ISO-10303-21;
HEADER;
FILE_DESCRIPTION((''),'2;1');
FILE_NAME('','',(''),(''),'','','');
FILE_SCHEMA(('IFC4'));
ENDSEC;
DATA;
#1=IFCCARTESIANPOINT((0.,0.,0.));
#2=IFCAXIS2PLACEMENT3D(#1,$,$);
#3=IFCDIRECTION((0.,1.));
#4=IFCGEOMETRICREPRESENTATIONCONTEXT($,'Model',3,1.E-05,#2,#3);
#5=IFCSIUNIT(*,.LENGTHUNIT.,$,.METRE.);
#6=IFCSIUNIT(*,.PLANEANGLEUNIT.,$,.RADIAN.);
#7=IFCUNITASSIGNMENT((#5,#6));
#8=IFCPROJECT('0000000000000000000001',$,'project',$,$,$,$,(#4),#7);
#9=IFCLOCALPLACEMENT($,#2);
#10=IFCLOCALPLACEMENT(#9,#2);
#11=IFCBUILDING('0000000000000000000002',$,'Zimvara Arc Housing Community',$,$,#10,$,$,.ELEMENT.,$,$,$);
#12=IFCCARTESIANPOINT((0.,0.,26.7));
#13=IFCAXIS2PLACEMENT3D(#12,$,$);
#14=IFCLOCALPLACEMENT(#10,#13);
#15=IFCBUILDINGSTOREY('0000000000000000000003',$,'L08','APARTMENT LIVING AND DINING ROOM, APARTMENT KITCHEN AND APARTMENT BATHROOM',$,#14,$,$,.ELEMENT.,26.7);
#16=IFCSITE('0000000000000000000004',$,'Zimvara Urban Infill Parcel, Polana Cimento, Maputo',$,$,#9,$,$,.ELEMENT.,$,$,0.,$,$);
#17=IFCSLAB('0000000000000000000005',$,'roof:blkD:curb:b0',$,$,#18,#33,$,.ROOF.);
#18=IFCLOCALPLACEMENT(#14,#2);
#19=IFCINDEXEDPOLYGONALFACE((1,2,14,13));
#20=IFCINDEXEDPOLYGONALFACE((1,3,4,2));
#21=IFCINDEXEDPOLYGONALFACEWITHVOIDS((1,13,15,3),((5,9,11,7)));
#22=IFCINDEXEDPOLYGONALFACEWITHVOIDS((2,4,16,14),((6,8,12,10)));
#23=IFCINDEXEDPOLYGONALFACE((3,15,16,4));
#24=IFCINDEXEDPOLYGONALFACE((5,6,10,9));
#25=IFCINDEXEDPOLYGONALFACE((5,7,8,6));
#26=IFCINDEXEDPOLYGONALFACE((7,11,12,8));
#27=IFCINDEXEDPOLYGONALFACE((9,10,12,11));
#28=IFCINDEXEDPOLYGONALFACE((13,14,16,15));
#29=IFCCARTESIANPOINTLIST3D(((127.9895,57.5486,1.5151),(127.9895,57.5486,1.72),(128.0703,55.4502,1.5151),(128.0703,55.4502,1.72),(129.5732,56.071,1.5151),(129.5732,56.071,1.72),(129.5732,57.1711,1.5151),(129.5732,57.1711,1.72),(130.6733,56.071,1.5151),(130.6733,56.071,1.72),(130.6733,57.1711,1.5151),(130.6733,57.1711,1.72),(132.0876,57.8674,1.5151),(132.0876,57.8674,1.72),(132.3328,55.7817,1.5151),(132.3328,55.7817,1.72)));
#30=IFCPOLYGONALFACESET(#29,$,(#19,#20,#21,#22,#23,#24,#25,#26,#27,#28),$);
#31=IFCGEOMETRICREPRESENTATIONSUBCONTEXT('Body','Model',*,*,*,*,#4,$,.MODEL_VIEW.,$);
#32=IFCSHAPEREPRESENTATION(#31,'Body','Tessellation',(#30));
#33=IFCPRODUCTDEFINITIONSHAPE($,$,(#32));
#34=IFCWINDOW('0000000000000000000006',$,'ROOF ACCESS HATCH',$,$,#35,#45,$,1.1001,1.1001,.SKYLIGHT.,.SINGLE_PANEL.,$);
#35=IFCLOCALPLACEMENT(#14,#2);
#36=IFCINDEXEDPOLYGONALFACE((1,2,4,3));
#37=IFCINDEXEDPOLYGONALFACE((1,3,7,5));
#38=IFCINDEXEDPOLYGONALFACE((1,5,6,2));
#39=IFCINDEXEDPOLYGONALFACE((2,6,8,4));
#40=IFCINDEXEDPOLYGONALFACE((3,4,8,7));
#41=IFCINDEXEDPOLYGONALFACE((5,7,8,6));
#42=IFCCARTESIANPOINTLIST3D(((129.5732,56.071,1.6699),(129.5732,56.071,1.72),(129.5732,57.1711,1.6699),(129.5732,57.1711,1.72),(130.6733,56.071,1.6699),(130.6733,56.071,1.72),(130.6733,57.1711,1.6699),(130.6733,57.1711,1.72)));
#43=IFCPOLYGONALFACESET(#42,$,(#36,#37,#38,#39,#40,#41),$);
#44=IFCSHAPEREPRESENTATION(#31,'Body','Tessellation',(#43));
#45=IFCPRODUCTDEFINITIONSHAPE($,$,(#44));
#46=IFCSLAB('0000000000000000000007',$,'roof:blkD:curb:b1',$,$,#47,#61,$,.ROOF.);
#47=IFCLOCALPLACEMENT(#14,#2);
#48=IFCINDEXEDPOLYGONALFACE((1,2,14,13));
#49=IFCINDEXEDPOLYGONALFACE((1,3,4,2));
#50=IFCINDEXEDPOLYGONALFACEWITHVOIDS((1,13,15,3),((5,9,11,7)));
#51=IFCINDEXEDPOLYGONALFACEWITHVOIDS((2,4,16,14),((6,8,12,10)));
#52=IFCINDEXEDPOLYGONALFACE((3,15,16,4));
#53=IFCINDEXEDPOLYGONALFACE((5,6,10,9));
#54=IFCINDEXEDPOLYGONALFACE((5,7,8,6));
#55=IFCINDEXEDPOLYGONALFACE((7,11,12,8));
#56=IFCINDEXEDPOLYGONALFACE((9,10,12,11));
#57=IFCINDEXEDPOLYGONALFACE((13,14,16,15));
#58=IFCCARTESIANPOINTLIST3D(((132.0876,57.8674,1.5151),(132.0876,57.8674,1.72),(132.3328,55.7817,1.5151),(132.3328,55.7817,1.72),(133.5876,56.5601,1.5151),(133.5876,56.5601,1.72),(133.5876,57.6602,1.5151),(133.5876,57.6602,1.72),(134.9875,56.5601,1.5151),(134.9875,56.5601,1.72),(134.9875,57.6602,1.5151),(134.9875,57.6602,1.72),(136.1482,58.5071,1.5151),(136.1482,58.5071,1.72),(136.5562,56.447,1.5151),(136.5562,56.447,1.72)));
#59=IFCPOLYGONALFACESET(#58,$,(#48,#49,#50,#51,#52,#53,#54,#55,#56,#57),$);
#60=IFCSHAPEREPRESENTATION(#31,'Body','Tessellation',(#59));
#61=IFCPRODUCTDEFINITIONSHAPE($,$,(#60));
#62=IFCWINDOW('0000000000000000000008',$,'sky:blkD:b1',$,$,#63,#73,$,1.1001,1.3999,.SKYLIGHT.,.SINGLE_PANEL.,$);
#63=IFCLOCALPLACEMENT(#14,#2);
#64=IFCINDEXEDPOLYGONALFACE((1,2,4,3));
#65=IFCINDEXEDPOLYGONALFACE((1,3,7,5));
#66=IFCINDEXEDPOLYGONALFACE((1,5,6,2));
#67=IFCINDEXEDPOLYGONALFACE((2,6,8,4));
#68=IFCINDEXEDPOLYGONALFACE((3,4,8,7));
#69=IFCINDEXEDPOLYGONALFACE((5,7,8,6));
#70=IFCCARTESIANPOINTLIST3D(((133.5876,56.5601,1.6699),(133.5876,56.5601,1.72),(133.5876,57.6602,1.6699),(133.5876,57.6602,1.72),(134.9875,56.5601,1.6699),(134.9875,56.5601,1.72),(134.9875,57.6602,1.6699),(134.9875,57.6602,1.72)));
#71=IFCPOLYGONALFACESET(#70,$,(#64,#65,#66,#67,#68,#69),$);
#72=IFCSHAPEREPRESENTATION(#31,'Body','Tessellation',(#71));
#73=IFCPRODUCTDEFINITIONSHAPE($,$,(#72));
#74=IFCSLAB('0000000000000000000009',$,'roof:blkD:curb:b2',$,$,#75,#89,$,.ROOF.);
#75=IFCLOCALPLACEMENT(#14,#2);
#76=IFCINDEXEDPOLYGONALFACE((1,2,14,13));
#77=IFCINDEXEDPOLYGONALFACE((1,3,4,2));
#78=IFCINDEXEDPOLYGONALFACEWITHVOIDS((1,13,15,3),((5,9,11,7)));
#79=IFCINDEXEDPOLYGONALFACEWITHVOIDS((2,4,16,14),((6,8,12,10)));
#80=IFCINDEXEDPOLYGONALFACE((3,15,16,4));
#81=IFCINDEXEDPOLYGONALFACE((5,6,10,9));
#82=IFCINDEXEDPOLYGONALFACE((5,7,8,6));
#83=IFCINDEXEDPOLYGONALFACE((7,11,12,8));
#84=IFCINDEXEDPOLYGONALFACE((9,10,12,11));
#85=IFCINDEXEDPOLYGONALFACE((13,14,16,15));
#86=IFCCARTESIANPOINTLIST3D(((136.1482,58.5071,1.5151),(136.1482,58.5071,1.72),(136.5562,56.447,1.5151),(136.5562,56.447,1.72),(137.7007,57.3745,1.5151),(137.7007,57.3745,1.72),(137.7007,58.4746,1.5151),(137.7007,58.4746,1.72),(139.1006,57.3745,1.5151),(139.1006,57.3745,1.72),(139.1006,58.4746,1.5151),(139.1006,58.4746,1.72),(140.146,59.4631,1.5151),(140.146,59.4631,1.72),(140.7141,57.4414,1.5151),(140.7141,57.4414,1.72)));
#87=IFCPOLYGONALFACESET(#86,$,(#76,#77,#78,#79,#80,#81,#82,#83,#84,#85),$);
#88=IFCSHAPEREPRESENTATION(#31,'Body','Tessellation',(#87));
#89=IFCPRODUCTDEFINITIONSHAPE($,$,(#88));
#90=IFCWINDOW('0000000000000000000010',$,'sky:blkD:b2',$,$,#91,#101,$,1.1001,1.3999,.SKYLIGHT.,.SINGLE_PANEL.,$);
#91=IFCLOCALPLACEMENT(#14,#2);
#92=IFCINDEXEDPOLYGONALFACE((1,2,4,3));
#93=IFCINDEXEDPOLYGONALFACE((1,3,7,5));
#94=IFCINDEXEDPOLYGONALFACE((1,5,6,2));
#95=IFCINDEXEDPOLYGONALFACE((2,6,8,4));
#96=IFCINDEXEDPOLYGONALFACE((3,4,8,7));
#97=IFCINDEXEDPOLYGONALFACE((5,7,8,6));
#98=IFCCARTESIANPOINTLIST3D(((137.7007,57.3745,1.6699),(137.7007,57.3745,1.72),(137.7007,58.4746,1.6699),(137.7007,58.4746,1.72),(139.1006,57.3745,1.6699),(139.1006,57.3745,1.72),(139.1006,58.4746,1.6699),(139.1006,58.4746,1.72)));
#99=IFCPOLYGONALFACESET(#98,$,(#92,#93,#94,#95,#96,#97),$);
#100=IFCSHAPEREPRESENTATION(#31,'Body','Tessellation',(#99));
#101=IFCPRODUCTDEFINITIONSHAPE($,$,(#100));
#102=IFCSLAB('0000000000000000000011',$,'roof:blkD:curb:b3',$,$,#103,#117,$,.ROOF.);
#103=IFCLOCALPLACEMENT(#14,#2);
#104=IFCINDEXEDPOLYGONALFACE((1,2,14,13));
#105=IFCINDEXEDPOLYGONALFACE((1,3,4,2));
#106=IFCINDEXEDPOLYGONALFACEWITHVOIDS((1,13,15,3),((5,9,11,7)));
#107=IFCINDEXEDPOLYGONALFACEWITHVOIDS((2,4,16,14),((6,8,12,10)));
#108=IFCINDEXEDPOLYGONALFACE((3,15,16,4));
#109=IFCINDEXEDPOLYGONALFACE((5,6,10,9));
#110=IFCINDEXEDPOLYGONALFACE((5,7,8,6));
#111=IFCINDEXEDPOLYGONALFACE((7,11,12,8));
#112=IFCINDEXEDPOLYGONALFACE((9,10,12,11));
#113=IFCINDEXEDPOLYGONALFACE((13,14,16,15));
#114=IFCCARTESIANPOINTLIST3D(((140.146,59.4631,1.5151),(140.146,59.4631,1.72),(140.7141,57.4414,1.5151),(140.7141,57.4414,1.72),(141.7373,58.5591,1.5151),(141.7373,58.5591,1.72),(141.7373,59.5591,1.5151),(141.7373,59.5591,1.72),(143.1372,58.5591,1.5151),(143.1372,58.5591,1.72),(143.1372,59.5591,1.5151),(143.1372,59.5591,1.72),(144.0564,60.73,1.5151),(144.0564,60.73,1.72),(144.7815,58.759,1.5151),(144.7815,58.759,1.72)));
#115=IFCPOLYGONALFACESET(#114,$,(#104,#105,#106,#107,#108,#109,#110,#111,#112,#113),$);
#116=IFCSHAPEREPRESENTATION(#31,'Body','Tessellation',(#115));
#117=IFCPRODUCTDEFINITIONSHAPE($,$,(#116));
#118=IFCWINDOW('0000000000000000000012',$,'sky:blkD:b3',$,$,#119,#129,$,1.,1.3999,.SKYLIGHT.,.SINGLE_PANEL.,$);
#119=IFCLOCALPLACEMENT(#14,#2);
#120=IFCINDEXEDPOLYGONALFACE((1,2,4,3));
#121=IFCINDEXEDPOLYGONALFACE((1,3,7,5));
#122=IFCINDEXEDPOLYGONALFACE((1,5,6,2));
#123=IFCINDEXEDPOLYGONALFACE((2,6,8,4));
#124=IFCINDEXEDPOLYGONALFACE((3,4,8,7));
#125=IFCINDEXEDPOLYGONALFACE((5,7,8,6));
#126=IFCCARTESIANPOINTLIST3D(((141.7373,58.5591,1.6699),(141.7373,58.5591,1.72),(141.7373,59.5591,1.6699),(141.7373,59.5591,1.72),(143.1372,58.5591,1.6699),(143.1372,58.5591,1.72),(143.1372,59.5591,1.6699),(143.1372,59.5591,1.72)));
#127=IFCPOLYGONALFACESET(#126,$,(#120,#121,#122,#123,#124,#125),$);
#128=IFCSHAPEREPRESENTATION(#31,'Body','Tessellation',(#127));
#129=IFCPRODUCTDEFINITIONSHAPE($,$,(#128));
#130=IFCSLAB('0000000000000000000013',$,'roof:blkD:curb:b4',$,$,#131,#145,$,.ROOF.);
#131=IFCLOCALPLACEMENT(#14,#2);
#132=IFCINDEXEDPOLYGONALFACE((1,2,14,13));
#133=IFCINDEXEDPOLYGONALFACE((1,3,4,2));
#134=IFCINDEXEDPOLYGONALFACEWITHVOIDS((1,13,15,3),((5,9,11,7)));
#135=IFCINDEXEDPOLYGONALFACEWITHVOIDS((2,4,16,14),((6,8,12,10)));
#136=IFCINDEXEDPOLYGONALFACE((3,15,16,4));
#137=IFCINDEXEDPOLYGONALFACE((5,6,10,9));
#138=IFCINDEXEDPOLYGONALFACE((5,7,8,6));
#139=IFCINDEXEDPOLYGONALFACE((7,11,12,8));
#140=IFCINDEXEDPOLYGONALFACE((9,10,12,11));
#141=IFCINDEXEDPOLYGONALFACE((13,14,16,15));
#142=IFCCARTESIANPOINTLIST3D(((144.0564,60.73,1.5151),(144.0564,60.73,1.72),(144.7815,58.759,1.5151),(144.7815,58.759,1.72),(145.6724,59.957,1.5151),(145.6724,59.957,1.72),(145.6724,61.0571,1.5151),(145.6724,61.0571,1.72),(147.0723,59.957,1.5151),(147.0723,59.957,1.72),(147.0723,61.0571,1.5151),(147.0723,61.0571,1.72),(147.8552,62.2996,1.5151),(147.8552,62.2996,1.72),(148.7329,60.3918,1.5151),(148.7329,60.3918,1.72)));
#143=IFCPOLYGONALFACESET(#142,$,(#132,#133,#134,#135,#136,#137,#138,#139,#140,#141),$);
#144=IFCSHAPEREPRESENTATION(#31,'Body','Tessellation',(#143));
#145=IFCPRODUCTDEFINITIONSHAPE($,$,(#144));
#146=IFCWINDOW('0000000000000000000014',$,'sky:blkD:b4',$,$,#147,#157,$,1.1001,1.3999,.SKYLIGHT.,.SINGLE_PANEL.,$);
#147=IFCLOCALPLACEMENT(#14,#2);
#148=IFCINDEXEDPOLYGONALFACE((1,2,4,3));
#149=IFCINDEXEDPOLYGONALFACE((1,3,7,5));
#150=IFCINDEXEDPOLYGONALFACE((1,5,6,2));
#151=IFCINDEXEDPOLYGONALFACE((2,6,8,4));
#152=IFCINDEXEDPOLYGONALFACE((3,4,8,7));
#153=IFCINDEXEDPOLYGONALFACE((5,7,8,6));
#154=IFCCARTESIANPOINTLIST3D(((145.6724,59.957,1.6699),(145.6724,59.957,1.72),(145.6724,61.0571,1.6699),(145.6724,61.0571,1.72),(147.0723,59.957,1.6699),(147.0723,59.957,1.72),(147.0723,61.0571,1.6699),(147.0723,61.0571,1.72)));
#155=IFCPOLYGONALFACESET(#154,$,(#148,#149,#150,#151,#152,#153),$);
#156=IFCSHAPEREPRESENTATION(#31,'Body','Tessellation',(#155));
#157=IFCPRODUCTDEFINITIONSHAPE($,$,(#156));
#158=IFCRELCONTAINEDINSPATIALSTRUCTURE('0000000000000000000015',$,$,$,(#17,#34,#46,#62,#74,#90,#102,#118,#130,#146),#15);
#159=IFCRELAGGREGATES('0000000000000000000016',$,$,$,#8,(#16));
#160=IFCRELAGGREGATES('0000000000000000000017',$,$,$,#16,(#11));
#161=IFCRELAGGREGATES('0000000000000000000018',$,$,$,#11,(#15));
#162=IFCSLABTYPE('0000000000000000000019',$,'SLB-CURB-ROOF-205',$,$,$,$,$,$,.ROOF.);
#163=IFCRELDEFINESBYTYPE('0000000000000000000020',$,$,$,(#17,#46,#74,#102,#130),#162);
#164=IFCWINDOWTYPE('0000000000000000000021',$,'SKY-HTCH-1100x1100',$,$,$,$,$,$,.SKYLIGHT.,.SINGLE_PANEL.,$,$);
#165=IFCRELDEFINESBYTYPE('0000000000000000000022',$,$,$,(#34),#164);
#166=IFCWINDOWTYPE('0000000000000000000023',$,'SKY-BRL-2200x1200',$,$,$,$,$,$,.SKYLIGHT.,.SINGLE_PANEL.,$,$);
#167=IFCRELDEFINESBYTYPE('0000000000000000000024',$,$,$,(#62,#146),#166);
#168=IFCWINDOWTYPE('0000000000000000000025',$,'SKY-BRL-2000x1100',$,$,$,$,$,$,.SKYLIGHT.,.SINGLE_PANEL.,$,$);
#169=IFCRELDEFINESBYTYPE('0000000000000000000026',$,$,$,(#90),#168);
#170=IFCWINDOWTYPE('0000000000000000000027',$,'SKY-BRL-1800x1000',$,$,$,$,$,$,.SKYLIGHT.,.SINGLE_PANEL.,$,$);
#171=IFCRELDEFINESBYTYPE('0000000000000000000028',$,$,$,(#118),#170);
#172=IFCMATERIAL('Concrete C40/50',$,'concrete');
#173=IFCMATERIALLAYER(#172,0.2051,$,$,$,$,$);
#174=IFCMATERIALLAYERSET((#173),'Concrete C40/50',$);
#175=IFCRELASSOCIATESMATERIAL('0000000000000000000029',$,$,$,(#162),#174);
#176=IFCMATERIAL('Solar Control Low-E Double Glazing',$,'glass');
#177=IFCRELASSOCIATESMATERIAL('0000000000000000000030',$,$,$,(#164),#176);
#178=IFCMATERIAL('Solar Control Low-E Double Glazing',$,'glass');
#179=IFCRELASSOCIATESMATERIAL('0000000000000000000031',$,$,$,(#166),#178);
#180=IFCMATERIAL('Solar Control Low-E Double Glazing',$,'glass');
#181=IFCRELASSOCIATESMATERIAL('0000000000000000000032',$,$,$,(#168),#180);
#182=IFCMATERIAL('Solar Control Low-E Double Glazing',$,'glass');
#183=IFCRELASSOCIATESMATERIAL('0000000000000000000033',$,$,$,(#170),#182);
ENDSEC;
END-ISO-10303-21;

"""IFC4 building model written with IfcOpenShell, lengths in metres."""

from ifc_helpers import new_model, si_unit, direction, frame, origin, origin_2d, place, context, subcontext, project, spatial, polyline, rectangle, outline, extrude, material, layer, layer_set, type_object, element, fill, save


model = new_model("IFC4")

# Units and contexts
model_context = context("Model", 3, precision=1e-05, world=origin(), true_north=direction((0.0, 1.0)))
body_context = subcontext(model_context, "Body", "Model", "MODEL_VIEW")
ifc_project = project(units=[si_unit("LENGTHUNIT", "METRE"), si_unit("PLANEANGLEUNIT", "RADIAN")], contexts=[model_context])

# Site, building, storey
site_placement = place(None, origin())
site = spatial("IfcSite", under=ifc_project, at=site_placement, Name="Zimvara Urban Infill Parcel, Polana Cimento, Maputo", CompositionType="ELEMENT", RefElevation=0.0)
building_placement = place(site_placement, origin())
building = spatial("IfcBuilding", under=site, at=building_placement, Name="Zimvara Arc Housing Community", CompositionType="ELEMENT")
storey_placement = place(building_placement, frame((0.0, 0.0, 26.7)))
storey = spatial("IfcBuildingStorey", under=building, at=storey_placement, Name="L08", Description="APARTMENT LIVING AND DINING ROOM, APARTMENT KITCHEN AND APARTMENT BATHROOM", CompositionType="ELEMENT", Elevation=26.7)

# Slabs, openings, windows
ifc_material_1 = material(Name="Concrete C40/50", Category="concrete")
ifc_layer_1 = layer(ifc_material_1, 0.2051)
ifc_layer_set_1 = layer_set([ifc_layer_1], Name="Concrete C40/50")
slab_type_1 = type_object("IfcSlabType", Name="SLB-CURB-ROOF-205", PredefinedType="ROOF", material=ifc_layer_set_1)
slab_1_placement = place(storey_placement, frame((0.0, 0.0, 1.5151)))
slab_1 = element("IfcSlab", 1, at=slab_1_placement, inside=storey, type_object=slab_type_1, Name="roof:blkD:curb:b0", PredefinedType="ROOF", context=body_context, shape_type="SweptSolid", body=[
    extrude(outline(polyline([(128.0703, 55.4502), (132.3328, 55.7817), (132.0876, 57.8674), (127.9895, 57.5486), (128.0703, 55.4502)])), origin(), (0.0, 0.0, 1.0), 0.2048),
])
opening_1_placement = place(slab_1_placement, frame((130.1233, 56.6211, 0.0)))
opening_1 = element("IfcOpeningElement", 2, at=opening_1_placement, cuts=slab_1, PredefinedType="OPENING", context=body_context, shape_type="SweptSolid", body=[
    extrude(rectangle(XDim=1.1001, YDim=1.1001, at=origin_2d()), origin(), (0.0, 0.0, 1.0), 0.2048),
])
ifc_material_2 = material(Name="Solar Control Low-E Double Glazing", Category="glass")
window_type_1 = type_object("IfcWindowType", Name="SKY-HTCH-1100x1100", PartitioningType="SINGLE_PANEL", PredefinedType="SKYLIGHT", material=ifc_material_2)
window_1_placement = place(opening_1_placement, frame((0.0, 0.0, 0.1548)))
window_1 = element("IfcWindow", 3, at=window_1_placement, inside=storey, type_object=window_type_1, Name="ROOF ACCESS HATCH", OverallHeight=1.1001, OverallWidth=1.1001, PartitioningType="SINGLE_PANEL", PredefinedType="SKYLIGHT", context=body_context, shape_type="SweptSolid", body=[
    extrude(rectangle(XDim=1.1001, YDim=1.1001, at=origin_2d()), origin(), (0.0, 0.0, 1.0), 0.05),
])
fill(opening_1, window_1)
slab_2_placement = place(storey_placement, frame((0.0, 0.0, 1.5151)))
slab_2 = element("IfcSlab", 4, at=slab_2_placement, inside=storey, type_object=slab_type_1, Name="roof:blkD:curb:b1", PredefinedType="ROOF", context=body_context, shape_type="SweptSolid", body=[
    extrude(outline(polyline([(132.3328, 55.7817), (136.5562, 56.447), (136.1482, 58.5071), (132.0876, 57.8674), (132.3328, 55.7817)])), origin(), (0.0, 0.0, 1.0), 0.2048),
])
opening_2_placement = place(slab_2_placement, frame((134.2876, 57.1101, 0.0)))
opening_2 = element("IfcOpeningElement", 5, at=opening_2_placement, cuts=slab_2, PredefinedType="OPENING", context=body_context, shape_type="SweptSolid", body=[
    extrude(rectangle(XDim=1.3999, YDim=1.1001, at=origin_2d()), origin(), (0.0, 0.0, 1.0), 0.2048),
])
ifc_material_3 = material(Name="Solar Control Low-E Double Glazing", Category="glass")
window_type_2 = type_object("IfcWindowType", Name="SKY-BRL-2200x1200", PartitioningType="SINGLE_PANEL", PredefinedType="SKYLIGHT", material=ifc_material_3)
window_2_placement = place(opening_2_placement, frame((0.0, 0.0, 0.1548)))
window_2 = element("IfcWindow", 6, at=window_2_placement, inside=storey, type_object=window_type_2, Name="sky:blkD:b1", OverallHeight=1.1001, OverallWidth=1.3999, PartitioningType="SINGLE_PANEL", PredefinedType="SKYLIGHT", context=body_context, shape_type="SweptSolid", body=[
    extrude(rectangle(XDim=1.3999, YDim=1.1001, at=origin_2d()), origin(), (0.0, 0.0, 1.0), 0.05),
])
fill(opening_2, window_2)
slab_3_placement = place(storey_placement, frame((0.0, 0.0, 1.5151)))
slab_3 = element("IfcSlab", 7, at=slab_3_placement, inside=storey, type_object=slab_type_1, Name="roof:blkD:curb:b2", PredefinedType="ROOF", context=body_context, shape_type="SweptSolid", body=[
    extrude(outline(polyline([(136.5562, 56.447), (140.7141, 57.4414), (140.146, 59.4631), (136.1482, 58.5071), (136.5562, 56.447)])), origin(), (0.0, 0.0, 1.0), 0.2048),
])
opening_3_placement = place(slab_3_placement, frame((138.4006, 57.9246, 0.0)))
opening_3 = element("IfcOpeningElement", 8, at=opening_3_placement, cuts=slab_3, PredefinedType="OPENING", context=body_context, shape_type="SweptSolid", body=[
    extrude(rectangle(XDim=1.3999, YDim=1.1001, at=origin_2d()), origin(), (0.0, 0.0, 1.0), 0.2048),
])
ifc_material_4 = material(Name="Solar Control Low-E Double Glazing", Category="glass")
window_type_3 = type_object("IfcWindowType", Name="SKY-BRL-2000x1100", PartitioningType="SINGLE_PANEL", PredefinedType="SKYLIGHT", material=ifc_material_4)
window_3_placement = place(opening_3_placement, frame((0.0, 0.0, 0.1548)))
window_3 = element("IfcWindow", 9, at=window_3_placement, inside=storey, type_object=window_type_3, Name="sky:blkD:b2", OverallHeight=1.1001, OverallWidth=1.3999, PartitioningType="SINGLE_PANEL", PredefinedType="SKYLIGHT", context=body_context, shape_type="SweptSolid", body=[
    extrude(rectangle(XDim=1.3999, YDim=1.1001, at=origin_2d()), origin(), (0.0, 0.0, 1.0), 0.05),
])
fill(opening_3, window_3)
slab_4_placement = place(storey_placement, frame((0.0, 0.0, 1.5151)))
slab_4 = element("IfcSlab", 10, at=slab_4_placement, inside=storey, type_object=slab_type_1, Name="roof:blkD:curb:b3", PredefinedType="ROOF", context=body_context, shape_type="SweptSolid", body=[
    extrude(outline(polyline([(140.7141, 57.4414), (144.7815, 58.759), (144.0564, 60.73), (140.146, 59.4631), (140.7141, 57.4414)])), origin(), (0.0, 0.0, 1.0), 0.2048),
])
opening_4_placement = place(slab_4_placement, frame((142.4373, 59.0591, 0.0)))
opening_4 = element("IfcOpeningElement", 11, at=opening_4_placement, cuts=slab_4, PredefinedType="OPENING", context=body_context, shape_type="SweptSolid", body=[
    extrude(rectangle(XDim=1.3999, YDim=1.0, at=origin_2d()), origin(), (0.0, 0.0, 1.0), 0.2048),
])
ifc_material_5 = material(Name="Solar Control Low-E Double Glazing", Category="glass")
window_type_4 = type_object("IfcWindowType", Name="SKY-BRL-1800x1000", PartitioningType="SINGLE_PANEL", PredefinedType="SKYLIGHT", material=ifc_material_5)
window_4_placement = place(opening_4_placement, frame((0.0, 0.0, 0.1548)))
window_4 = element("IfcWindow", 12, at=window_4_placement, inside=storey, type_object=window_type_4, Name="sky:blkD:b3", OverallHeight=1.0, OverallWidth=1.3999, PartitioningType="SINGLE_PANEL", PredefinedType="SKYLIGHT", context=body_context, shape_type="SweptSolid", body=[
    extrude(rectangle(XDim=1.3999, YDim=1.0, at=origin_2d()), origin(), (0.0, 0.0, 1.0), 0.05),
])
fill(opening_4, window_4)
slab_5_placement = place(storey_placement, frame((0.0, 0.0, 1.5151)))
slab_5 = element("IfcSlab", 13, at=slab_5_placement, inside=storey, type_object=slab_type_1, Name="roof:blkD:curb:b4", PredefinedType="ROOF", context=body_context, shape_type="SweptSolid", body=[
    extrude(outline(polyline([(144.7815, 58.759), (148.7329, 60.3918), (147.8552, 62.2996), (144.0564, 60.73), (144.7815, 58.759)])), origin(), (0.0, 0.0, 1.0), 0.2048),
])
opening_5_placement = place(slab_5_placement, frame((146.3723, 60.5071, 0.0)))
opening_5 = element("IfcOpeningElement", 14, at=opening_5_placement, cuts=slab_5, PredefinedType="OPENING", context=body_context, shape_type="SweptSolid", body=[
    extrude(rectangle(XDim=1.3999, YDim=1.1001, at=origin_2d()), origin(), (0.0, 0.0, 1.0), 0.2048),
])
window_5_placement = place(opening_5_placement, frame((0.0, 0.0, 0.1548)))
window_5 = element("IfcWindow", 15, at=window_5_placement, inside=storey, type_object=window_type_2, Name="sky:blkD:b4", OverallHeight=1.1001, OverallWidth=1.3999, PartitioningType="SINGLE_PANEL", PredefinedType="SKYLIGHT", context=body_context, shape_type="SweptSolid", body=[
    extrude(rectangle(XDim=1.3999, YDim=1.1001, at=origin_2d()), origin(), (0.0, 0.0, 1.0), 0.05),
])
fill(opening_5, window_5)

save(model, "model.ifc")
